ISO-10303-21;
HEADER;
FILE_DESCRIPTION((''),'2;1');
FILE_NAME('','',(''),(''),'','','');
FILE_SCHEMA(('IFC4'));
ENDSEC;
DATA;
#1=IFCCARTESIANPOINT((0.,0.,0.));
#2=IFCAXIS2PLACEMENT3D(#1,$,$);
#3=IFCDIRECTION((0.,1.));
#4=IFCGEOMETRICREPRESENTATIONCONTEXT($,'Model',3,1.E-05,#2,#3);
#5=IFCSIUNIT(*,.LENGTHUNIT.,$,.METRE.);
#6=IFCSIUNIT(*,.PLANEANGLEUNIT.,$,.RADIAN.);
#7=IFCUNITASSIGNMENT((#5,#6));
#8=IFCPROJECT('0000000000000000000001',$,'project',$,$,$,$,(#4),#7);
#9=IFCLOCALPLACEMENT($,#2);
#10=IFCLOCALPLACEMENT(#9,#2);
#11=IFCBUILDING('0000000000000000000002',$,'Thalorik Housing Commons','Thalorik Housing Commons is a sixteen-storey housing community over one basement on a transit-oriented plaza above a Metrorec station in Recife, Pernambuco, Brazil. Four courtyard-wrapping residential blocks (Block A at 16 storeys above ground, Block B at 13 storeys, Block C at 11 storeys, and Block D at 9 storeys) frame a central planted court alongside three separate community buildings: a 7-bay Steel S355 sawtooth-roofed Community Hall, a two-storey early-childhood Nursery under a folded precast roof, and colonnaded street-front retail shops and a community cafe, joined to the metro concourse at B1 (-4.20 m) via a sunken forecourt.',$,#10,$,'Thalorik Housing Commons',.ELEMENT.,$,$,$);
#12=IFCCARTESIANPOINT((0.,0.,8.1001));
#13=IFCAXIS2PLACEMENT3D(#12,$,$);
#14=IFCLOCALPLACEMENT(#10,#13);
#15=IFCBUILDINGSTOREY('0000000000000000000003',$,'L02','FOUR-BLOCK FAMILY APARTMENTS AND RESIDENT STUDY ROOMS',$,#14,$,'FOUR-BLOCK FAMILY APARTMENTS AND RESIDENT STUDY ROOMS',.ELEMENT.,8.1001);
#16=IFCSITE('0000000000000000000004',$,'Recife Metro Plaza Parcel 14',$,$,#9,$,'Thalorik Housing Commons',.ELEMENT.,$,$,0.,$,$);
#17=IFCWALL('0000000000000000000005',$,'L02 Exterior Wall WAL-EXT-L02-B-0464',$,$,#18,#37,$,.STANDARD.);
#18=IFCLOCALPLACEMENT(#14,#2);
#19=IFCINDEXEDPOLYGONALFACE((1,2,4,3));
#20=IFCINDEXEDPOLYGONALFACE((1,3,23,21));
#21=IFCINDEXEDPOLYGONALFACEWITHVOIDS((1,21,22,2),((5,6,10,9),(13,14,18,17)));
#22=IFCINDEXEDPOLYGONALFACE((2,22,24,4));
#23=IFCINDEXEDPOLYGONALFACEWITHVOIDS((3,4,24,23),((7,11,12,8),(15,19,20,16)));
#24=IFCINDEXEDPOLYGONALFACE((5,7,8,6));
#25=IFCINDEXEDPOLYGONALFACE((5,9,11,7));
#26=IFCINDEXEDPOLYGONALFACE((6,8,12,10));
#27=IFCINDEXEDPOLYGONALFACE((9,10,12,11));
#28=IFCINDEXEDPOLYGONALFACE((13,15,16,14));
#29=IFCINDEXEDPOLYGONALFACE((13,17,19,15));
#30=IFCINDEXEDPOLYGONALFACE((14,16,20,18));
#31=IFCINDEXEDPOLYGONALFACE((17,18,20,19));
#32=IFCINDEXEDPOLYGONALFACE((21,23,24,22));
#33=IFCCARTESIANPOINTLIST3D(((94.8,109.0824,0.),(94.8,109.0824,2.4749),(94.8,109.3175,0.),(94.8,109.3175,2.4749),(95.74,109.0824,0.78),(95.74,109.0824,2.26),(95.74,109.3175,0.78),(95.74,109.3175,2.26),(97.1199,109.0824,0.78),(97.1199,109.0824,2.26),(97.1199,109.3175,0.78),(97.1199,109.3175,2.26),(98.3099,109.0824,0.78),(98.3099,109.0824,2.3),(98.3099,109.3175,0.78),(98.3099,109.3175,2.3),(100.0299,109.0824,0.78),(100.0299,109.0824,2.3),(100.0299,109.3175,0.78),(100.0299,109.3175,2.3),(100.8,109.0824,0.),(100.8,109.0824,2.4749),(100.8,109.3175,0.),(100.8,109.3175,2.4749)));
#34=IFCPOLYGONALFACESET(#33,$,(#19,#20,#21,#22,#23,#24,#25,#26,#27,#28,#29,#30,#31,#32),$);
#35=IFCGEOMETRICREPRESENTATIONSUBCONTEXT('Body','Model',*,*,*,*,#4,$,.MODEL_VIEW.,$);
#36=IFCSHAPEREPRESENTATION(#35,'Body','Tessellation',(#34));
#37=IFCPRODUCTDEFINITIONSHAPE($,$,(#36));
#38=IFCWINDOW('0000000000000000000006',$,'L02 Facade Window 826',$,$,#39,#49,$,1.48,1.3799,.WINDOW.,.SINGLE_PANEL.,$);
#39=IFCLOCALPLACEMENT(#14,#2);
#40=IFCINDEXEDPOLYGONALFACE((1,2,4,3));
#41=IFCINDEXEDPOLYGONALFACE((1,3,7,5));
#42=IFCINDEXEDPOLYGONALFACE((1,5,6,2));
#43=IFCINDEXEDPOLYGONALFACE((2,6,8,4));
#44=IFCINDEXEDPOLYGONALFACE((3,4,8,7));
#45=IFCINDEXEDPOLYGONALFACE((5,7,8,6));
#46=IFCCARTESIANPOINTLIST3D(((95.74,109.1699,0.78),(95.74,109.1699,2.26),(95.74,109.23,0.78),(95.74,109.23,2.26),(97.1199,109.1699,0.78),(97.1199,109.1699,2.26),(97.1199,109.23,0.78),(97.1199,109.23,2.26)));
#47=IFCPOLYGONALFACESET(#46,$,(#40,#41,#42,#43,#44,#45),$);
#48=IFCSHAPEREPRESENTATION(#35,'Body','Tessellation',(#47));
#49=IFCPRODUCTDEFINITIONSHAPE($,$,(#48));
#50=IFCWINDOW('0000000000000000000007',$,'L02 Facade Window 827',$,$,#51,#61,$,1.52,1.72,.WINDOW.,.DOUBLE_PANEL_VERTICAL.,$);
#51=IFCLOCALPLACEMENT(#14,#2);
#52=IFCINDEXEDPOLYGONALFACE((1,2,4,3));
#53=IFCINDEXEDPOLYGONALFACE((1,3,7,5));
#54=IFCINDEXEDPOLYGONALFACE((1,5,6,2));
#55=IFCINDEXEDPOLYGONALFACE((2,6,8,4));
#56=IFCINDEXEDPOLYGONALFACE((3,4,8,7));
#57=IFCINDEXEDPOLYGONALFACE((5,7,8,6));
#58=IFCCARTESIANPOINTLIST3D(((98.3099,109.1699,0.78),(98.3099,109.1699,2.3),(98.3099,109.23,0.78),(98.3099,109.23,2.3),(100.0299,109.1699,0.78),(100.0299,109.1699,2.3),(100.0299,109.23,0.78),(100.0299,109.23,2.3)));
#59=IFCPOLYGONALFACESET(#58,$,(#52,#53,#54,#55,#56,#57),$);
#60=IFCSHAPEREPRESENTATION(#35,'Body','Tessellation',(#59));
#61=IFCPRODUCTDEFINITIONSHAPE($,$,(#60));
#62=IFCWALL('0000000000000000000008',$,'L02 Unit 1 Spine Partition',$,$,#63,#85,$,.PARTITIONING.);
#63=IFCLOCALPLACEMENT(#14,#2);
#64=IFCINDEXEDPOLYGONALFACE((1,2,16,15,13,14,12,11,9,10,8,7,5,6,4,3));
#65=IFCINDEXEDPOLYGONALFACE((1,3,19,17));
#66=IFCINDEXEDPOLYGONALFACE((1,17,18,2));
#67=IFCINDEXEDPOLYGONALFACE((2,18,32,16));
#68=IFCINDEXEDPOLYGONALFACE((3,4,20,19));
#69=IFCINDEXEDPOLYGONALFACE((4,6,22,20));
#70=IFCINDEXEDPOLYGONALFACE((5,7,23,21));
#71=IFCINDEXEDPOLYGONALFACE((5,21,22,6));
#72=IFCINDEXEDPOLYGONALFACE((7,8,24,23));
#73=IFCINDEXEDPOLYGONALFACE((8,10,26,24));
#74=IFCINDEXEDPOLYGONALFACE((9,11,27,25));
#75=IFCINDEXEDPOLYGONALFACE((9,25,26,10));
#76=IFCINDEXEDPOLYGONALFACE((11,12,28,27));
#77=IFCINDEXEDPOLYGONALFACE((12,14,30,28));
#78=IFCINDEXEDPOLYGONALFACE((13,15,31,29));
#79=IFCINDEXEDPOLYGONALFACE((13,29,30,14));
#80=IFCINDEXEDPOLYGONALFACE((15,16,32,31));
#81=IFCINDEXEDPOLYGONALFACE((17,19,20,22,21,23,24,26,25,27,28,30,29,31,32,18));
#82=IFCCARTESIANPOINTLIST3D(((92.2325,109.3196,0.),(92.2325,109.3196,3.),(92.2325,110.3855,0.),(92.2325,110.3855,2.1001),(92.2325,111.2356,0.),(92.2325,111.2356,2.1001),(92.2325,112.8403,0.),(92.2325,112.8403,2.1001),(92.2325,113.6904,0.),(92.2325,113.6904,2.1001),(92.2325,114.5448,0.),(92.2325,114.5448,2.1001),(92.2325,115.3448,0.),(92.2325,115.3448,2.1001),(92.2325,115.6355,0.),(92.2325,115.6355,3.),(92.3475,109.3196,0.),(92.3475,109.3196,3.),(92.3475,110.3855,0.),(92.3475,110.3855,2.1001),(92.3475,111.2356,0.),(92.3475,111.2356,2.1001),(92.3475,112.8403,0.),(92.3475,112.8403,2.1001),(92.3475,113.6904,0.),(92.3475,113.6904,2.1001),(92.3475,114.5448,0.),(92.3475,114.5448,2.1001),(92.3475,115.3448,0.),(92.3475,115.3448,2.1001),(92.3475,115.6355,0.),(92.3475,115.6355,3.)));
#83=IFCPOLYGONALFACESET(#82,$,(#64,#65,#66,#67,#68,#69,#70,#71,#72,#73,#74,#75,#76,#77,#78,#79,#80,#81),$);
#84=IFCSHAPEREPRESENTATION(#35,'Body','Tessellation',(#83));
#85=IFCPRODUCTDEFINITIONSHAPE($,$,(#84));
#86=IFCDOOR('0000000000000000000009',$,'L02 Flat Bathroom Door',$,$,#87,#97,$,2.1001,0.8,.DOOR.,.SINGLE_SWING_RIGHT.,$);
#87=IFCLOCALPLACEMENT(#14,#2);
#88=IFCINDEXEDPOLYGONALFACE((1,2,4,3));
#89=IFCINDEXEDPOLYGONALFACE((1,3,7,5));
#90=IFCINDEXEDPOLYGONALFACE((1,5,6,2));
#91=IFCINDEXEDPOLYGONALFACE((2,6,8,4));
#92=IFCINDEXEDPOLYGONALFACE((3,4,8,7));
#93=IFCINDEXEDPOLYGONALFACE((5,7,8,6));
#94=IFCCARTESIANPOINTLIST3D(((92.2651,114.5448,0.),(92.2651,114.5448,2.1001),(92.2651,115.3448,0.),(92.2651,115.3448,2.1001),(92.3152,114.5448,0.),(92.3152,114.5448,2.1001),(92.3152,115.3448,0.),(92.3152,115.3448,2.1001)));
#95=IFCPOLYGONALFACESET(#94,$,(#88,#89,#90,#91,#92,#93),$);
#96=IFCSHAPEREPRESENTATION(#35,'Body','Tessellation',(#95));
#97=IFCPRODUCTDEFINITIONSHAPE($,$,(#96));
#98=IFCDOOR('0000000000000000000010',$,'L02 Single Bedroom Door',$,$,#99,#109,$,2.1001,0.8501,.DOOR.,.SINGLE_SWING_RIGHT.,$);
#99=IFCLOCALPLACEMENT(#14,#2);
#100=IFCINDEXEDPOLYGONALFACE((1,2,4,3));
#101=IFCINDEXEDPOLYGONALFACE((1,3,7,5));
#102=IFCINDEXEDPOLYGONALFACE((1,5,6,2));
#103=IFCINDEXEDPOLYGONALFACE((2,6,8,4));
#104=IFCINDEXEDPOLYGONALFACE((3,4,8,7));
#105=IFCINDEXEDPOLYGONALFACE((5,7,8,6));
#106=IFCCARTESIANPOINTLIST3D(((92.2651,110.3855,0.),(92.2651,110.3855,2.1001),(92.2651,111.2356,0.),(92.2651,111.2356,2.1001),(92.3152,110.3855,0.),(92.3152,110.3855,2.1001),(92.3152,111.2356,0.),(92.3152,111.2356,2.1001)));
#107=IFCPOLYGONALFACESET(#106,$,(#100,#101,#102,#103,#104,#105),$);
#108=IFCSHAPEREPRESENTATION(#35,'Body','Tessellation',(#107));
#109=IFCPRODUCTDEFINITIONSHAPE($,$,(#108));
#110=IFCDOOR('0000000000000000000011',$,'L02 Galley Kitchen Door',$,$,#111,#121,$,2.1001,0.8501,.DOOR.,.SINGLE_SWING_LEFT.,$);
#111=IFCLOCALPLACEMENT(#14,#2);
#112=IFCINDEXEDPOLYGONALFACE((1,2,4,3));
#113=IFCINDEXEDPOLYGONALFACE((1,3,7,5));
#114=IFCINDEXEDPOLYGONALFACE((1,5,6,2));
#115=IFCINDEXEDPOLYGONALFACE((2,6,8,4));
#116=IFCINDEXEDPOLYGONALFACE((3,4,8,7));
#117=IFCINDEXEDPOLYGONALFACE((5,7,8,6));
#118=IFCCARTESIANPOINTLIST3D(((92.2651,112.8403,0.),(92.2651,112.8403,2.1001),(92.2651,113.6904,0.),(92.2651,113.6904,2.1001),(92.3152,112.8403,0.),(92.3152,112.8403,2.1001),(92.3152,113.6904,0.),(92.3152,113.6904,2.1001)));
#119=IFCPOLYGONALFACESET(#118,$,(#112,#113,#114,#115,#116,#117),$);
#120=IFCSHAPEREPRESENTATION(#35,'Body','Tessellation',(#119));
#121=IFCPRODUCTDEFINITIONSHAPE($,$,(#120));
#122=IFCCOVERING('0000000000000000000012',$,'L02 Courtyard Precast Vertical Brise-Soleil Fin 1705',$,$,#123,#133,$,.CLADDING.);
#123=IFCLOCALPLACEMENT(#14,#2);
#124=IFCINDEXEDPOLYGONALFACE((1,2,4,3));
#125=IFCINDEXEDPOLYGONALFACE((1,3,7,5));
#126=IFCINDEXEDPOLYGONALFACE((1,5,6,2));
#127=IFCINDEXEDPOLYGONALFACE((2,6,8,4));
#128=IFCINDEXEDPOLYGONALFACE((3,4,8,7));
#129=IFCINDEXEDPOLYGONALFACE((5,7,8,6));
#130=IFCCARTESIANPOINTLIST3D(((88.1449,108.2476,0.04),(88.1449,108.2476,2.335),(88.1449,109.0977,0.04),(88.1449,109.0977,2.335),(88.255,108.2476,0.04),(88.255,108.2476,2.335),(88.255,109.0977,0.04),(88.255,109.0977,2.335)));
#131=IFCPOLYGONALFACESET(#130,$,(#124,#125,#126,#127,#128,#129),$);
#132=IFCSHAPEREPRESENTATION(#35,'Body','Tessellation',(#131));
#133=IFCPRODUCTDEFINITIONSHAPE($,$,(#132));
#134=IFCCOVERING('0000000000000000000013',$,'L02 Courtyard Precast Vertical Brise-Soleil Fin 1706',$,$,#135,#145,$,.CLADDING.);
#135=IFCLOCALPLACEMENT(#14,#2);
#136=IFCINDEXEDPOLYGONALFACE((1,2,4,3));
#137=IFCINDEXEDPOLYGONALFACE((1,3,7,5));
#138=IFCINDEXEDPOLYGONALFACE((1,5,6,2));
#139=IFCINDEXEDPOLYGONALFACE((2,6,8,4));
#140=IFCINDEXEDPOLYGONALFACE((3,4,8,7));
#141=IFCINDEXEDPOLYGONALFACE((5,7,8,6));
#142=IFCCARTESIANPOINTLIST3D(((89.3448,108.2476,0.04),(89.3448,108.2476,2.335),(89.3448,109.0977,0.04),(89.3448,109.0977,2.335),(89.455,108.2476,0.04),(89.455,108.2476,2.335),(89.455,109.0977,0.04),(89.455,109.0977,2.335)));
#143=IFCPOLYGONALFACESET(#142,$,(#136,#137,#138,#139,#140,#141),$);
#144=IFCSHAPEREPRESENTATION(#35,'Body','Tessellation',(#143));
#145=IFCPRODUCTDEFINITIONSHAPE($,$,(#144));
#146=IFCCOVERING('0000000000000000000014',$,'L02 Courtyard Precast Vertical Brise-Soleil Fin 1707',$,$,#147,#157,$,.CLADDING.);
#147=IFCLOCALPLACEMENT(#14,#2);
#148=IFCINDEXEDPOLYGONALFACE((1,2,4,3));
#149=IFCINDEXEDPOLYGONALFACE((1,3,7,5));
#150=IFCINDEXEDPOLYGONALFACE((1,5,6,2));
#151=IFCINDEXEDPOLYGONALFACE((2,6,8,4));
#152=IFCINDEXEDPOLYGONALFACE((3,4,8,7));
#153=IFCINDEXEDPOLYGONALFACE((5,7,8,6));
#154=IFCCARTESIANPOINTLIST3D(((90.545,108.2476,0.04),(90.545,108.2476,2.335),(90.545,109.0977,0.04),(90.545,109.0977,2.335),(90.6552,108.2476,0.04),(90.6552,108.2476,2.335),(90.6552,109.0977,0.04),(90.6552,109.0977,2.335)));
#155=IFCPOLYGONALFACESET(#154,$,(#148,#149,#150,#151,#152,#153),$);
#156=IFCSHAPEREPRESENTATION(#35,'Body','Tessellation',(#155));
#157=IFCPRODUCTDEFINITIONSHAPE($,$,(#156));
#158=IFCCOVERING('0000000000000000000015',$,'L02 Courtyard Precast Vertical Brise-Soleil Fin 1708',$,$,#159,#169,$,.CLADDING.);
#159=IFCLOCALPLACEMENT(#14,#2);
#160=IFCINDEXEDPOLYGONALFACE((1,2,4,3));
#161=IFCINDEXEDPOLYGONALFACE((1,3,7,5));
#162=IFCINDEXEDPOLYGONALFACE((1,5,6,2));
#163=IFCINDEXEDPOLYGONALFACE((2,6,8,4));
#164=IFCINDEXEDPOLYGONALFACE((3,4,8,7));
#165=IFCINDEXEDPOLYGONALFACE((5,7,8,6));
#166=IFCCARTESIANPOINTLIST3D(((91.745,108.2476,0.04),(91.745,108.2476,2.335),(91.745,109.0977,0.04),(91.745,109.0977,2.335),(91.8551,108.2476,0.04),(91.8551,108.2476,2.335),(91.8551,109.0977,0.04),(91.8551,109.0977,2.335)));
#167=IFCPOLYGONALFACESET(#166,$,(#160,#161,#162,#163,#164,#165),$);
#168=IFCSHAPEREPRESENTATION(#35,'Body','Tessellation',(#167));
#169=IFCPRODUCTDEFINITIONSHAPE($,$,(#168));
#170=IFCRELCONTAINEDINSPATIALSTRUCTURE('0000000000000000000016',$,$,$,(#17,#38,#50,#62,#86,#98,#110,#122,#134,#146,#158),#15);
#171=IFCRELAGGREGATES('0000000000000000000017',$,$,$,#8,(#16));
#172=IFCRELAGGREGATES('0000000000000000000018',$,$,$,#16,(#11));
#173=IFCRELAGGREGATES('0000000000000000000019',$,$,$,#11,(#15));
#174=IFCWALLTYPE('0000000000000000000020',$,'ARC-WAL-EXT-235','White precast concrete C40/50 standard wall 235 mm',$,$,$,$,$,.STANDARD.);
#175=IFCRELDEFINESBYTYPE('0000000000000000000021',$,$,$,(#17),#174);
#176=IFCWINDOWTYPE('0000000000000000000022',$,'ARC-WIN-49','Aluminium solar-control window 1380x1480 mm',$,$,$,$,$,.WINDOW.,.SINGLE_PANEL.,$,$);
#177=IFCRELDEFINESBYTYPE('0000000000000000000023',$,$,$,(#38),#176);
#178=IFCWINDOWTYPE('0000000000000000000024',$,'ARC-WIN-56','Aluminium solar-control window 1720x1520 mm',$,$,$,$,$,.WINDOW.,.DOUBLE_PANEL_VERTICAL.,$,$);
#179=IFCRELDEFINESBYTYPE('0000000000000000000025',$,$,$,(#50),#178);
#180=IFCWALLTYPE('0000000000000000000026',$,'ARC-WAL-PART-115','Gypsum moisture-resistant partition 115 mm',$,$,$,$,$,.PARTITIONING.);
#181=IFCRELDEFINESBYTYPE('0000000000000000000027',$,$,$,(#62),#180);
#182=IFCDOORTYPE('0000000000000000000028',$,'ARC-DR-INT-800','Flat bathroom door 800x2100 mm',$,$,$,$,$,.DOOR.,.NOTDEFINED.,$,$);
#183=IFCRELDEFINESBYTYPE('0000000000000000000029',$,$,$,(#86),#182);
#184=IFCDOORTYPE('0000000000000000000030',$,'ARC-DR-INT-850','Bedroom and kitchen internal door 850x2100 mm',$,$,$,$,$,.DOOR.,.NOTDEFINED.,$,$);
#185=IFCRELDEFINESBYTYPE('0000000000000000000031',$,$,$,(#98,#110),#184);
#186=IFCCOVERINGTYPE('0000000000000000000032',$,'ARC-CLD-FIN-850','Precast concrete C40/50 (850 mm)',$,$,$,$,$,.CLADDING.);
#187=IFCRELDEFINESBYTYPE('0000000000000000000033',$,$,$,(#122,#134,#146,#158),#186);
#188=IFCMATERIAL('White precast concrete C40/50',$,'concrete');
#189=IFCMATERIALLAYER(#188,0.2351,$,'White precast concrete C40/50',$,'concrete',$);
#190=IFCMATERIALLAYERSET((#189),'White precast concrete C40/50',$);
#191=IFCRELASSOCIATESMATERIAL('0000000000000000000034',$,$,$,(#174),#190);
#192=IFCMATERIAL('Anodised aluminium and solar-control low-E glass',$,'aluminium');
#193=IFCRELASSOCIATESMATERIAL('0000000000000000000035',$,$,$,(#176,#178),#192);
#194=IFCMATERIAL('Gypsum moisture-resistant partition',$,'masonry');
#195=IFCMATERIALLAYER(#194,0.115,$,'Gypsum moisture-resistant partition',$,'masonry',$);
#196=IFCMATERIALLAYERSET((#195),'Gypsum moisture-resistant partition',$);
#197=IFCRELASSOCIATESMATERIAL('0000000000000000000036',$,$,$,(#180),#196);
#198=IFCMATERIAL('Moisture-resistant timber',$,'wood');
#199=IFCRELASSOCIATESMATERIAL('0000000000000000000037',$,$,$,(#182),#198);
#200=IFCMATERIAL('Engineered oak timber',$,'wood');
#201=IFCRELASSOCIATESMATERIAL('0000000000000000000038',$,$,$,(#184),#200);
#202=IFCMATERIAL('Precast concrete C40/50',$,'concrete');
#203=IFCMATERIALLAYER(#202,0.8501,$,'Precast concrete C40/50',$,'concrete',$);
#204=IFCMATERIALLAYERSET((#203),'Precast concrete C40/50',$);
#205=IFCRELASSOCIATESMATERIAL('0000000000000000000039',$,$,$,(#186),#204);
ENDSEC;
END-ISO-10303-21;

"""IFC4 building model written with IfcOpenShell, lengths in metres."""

from ifc_helpers import new_model, si_unit, direction, frame, frame_2d, origin, origin_2d, place, context, subcontext, project, spatial, rectangle, extrude, material, layer, layer_set, type_object, element, fill, save


model = new_model("IFC4")

# Units and contexts
model_context = context("Model", 3, precision=1e-05, world=origin(), true_north=direction((0.0, 1.0)))
body_context = subcontext(model_context, "Body", "Model", "MODEL_VIEW")
ifc_project = project(units=[si_unit("LENGTHUNIT", "METRE"), si_unit("PLANEANGLEUNIT", "RADIAN")], contexts=[model_context])

# Site, building, storey
site_placement = place(None, origin())
site = spatial("IfcSite", under=ifc_project, at=site_placement, Name="Recife Metro Plaza Parcel 14", LongName="Thalorik Housing Commons", CompositionType="ELEMENT", RefElevation=0.0)
building_placement = place(site_placement, origin())
building = spatial("IfcBuilding", under=site, at=building_placement, Name="Thalorik Housing Commons", Description="Thalorik Housing Commons is a sixteen-storey housing community over one basement on a transit-oriented plaza above a Metrorec station in Recife, Pernambuco, Brazil. Four courtyard-wrapping residential blocks (Block A at 16 storeys above ground, Block B at 13 storeys, Block C at 11 storeys, and Block D at 9 storeys) frame a central planted court alongside three separate community buildings: a 7-bay Steel S355 sawtooth-roofed Community Hall, a two-storey early-childhood Nursery under a folded precast roof, and colonnaded street-front retail shops and a community cafe, joined to the metro concourse at B1 (-4.20 m) via a sunken forecourt.", LongName="Thalorik Housing Commons", CompositionType="ELEMENT")
storey_placement = place(building_placement, frame((0.0, 0.0, 8.1001)))
storey = spatial("IfcBuildingStorey", under=building, at=storey_placement, Name="L02", Description="FOUR-BLOCK FAMILY APARTMENTS AND RESIDENT STUDY ROOMS", LongName="FOUR-BLOCK FAMILY APARTMENTS AND RESIDENT STUDY ROOMS", CompositionType="ELEMENT", Elevation=8.1001)

# Shared definitions
ifc_material_1 = material(Name="Precast concrete C40/50", Category="concrete")

# Wall, openings, windows
ifc_material_2 = material(Name="White precast concrete C40/50", Category="concrete")
ifc_layer_1 = layer(ifc_material_2, 0.2351, Name="White precast concrete C40/50", Category="concrete")
ifc_layer_set_1 = layer_set([ifc_layer_1], Name="White precast concrete C40/50")
wall_type_1 = type_object("IfcWallType", Name="ARC-WAL-EXT-235", Description="White precast concrete C40/50 standard wall 235 mm", PredefinedType="STANDARD", material=ifc_layer_set_1)
ifc_material_3 = material(Name="Anodised aluminium and solar-control low-E glass", Category="aluminium")
wall_1_placement = place(storey_placement, frame((94.8, 109.2, 0.0), z_axis=(0.0, 0.0, 1.0), x_axis=(1.0, 0.0, 0.0)))
wall_1 = element("IfcWall", 1, at=wall_1_placement, inside=storey, type_object=wall_type_1, Name="L02 Exterior Wall WAL-EXT-L02-B-0464", PredefinedType="STANDARD", context=body_context, shape_type="SweptSolid", body=[
    extrude(rectangle(XDim=6.0, YDim=0.2351, at=frame_2d((3.0, 0.0))), origin(), (0.0, 0.0, 1.0), 2.4749),
])
opening_1_placement = place(wall_1_placement, frame((0.9399, 0.0, 0.78)))
opening_1 = element("IfcOpeningElement", 2, at=opening_1_placement, cuts=wall_1, PredefinedType="OPENING", context=body_context, shape_type="SweptSolid", body=[
    extrude(rectangle(XDim=1.3799, YDim=1.48, at=frame_2d((0.6899, 0.74))), frame((0.0, 0.1274, 0.0), z_axis=(0.0, -1.0, 0.0), x_axis=(1.0, 0.0, 0.0)), (0.0, 0.0, 1.0), 0.2551),
])
opening_2_placement = place(wall_1_placement, frame((3.51, 0.0, 0.78)))
opening_2 = element("IfcOpeningElement", 3, at=opening_2_placement, cuts=wall_1, PredefinedType="OPENING", context=body_context, shape_type="SweptSolid", body=[
    extrude(rectangle(XDim=1.72, YDim=1.52, at=frame_2d((0.8599, 0.76))), frame((0.0, 0.1274, 0.0), z_axis=(0.0, -1.0, 0.0), x_axis=(1.0, 0.0, 0.0)), (0.0, 0.0, 1.0), 0.2551),
])
window_type_1 = type_object("IfcWindowType", Name="ARC-WIN-49", Description="Aluminium solar-control window 1380x1480 mm", PartitioningType="SINGLE_PANEL", PredefinedType="WINDOW", material=ifc_material_3)
window_1_placement = place(opening_1_placement, origin())
window_1 = element("IfcWindow", 4, at=window_1_placement, inside=storey, type_object=window_type_1, Name="L02 Facade Window 826", OverallHeight=1.48, OverallWidth=1.3799, PartitioningType="SINGLE_PANEL", PredefinedType="WINDOW", context=body_context, shape_type="SweptSolid", body=[
    extrude(rectangle(XDim=1.3799, YDim=1.48, at=frame_2d((0.6899, 0.74))), frame((0.0, 0.03, 0.0), z_axis=(0.0, -1.0, 0.0), x_axis=(1.0, 0.0, 0.0)), (0.0, 0.0, 1.0), 0.0601),
])
fill(opening_1, window_1)
window_type_2 = type_object("IfcWindowType", Name="ARC-WIN-56", Description="Aluminium solar-control window 1720x1520 mm", PartitioningType="DOUBLE_PANEL_VERTICAL", PredefinedType="WINDOW", material=ifc_material_3)
window_2_placement = place(opening_2_placement, origin())
window_2 = element("IfcWindow", 5, at=window_2_placement, inside=storey, type_object=window_type_2, Name="L02 Facade Window 827", OverallHeight=1.52, OverallWidth=1.72, PartitioningType="DOUBLE_PANEL_VERTICAL", PredefinedType="WINDOW", context=body_context, shape_type="SweptSolid", body=[
    extrude(rectangle(XDim=1.72, YDim=1.52, at=frame_2d((0.8599, 0.76))), frame((0.0, 0.03, 0.0), z_axis=(0.0, -1.0, 0.0), x_axis=(1.0, 0.0, 0.0)), (0.0, 0.0, 1.0), 0.0601),
])
fill(opening_2, window_2)

# Wall, openings, doors
ifc_material_4 = material(Name="Gypsum moisture-resistant partition", Category="masonry")
ifc_layer_2 = layer(ifc_material_4, 0.115, Name="Gypsum moisture-resistant partition", Category="masonry")
ifc_layer_set_2 = layer_set([ifc_layer_2], Name="Gypsum moisture-resistant partition")
wall_type_2 = type_object("IfcWallType", Name="ARC-WAL-PART-115", Description="Gypsum moisture-resistant partition 115 mm", PredefinedType="PARTITIONING", material=ifc_layer_set_2)
wall_2_placement = place(storey_placement, frame((92.29, 109.3196, 0.0), z_axis=(0.0, 0.0, 1.0), x_axis=(0.0, 1.0, 0.0)))
wall_2 = element("IfcWall", 6, at=wall_2_placement, inside=storey, type_object=wall_type_2, Name="L02 Unit 1 Spine Partition", PredefinedType="PARTITIONING", context=body_context, shape_type="SweptSolid", body=[
    extrude(rectangle(XDim=6.3159, YDim=0.115, at=frame_2d((3.158, 0.0))), origin(), (0.0, 0.0, 1.0), 3.0),
])
opening_3_placement = place(wall_2_placement, frame((1.0659, 0.0, 0.0)))
opening_3 = element("IfcOpeningElement", 7, at=opening_3_placement, cuts=wall_2, PredefinedType="OPENING", context=body_context, shape_type="SweptSolid", body=[
    extrude(rectangle(XDim=0.8501, YDim=2.1001, at=frame_2d((0.425, 1.05))), frame((0.0, 0.0674, 0.0), z_axis=(0.0, -1.0, 0.0), x_axis=(1.0, 0.0, 0.0)), (0.0, 0.0, 1.0), 0.135),
])
opening_4_placement = place(wall_2_placement, frame((3.5208, 0.0, 0.0)))
opening_4 = element("IfcOpeningElement", 8, at=opening_4_placement, cuts=wall_2, PredefinedType="OPENING", context=body_context, shape_type="SweptSolid", body=[
    extrude(rectangle(XDim=0.8501, YDim=2.1001, at=frame_2d((0.425, 1.05))), frame((0.0, 0.0674, 0.0), z_axis=(0.0, -1.0, 0.0), x_axis=(1.0, 0.0, 0.0)), (0.0, 0.0, 1.0), 0.135),
])
opening_5_placement = place(wall_2_placement, frame((5.2253, 0.0, 0.0)))
opening_5 = element("IfcOpeningElement", 9, at=opening_5_placement, cuts=wall_2, PredefinedType="OPENING", context=body_context, shape_type="SweptSolid", body=[
    extrude(rectangle(XDim=0.8, YDim=2.1001, at=frame_2d((0.3999, 1.05))), frame((0.0, 0.0674, 0.0), z_axis=(0.0, -1.0, 0.0), x_axis=(1.0, 0.0, 0.0)), (0.0, 0.0, 1.0), 0.135),
])
ifc_material_5 = material(Name="Moisture-resistant timber", Category="wood")
door_type_1 = type_object("IfcDoorType", Name="ARC-DR-INT-800", Description="Flat bathroom door 800x2100 mm", OperationType="NOTDEFINED", PredefinedType="DOOR", material=ifc_material_5)
door_1_placement = place(opening_5_placement, origin())
door_1 = element("IfcDoor", 10, at=door_1_placement, inside=storey, type_object=door_type_1, Name="L02 Flat Bathroom Door", OperationType="SINGLE_SWING_RIGHT", OverallHeight=2.1001, OverallWidth=0.8, PredefinedType="DOOR", context=body_context, shape_type="SweptSolid", body=[
    extrude(rectangle(XDim=0.8, YDim=2.1001, at=frame_2d((0.3999, 1.05))), frame((0.0, 0.0249, 0.0), z_axis=(0.0, -1.0, 0.0), x_axis=(1.0, 0.0, 0.0)), (0.0, 0.0, 1.0), 0.05),
])
fill(opening_5, door_1)
ifc_material_6 = material(Name="Engineered oak timber", Category="wood")
door_type_2 = type_object("IfcDoorType", Name="ARC-DR-INT-850", Description="Bedroom and kitchen internal door 850x2100 mm", OperationType="NOTDEFINED", PredefinedType="DOOR", material=ifc_material_6)
door_2_placement = place(opening_3_placement, origin())
door_2 = element("IfcDoor", 11, at=door_2_placement, inside=storey, type_object=door_type_2, Name="L02 Single Bedroom Door", OperationType="SINGLE_SWING_RIGHT", OverallHeight=2.1001, OverallWidth=0.8501, PredefinedType="DOOR", context=body_context, shape_type="SweptSolid", body=[
    extrude(rectangle(XDim=0.8501, YDim=2.1001, at=frame_2d((0.425, 1.05))), frame((0.0, 0.0249, 0.0), z_axis=(0.0, -1.0, 0.0), x_axis=(1.0, 0.0, 0.0)), (0.0, 0.0, 1.0), 0.05),
])
fill(opening_3, door_2)
door_3_placement = place(opening_4_placement, origin())
door_3 = element("IfcDoor", 12, at=door_3_placement, inside=storey, type_object=door_type_2, Name="L02 Galley Kitchen Door", OperationType="SINGLE_SWING_LEFT", OverallHeight=2.1001, OverallWidth=0.8501, PredefinedType="DOOR", context=body_context, shape_type="SweptSolid", body=[
    extrude(rectangle(XDim=0.8501, YDim=2.1001, at=frame_2d((0.425, 1.05))), frame((0.0, 0.0249, 0.0), z_axis=(0.0, -1.0, 0.0), x_axis=(1.0, 0.0, 0.0)), (0.0, 0.0, 1.0), 0.05),
])
fill(opening_4, door_3)

# Coverings
ifc_layer_3 = layer(ifc_material_1, 0.8501, Name="Precast concrete C40/50", Category="concrete")
ifc_layer_set_3 = layer_set([ifc_layer_3], Name="Precast concrete C40/50")
covering_type_1 = type_object("IfcCoveringType", Name="ARC-CLD-FIN-850", Description="Precast concrete C40/50 (850 mm)", PredefinedType="CLADDING", material=ifc_layer_set_3)
for number, where, z_axis, x_axis, name in (
    (13, (88.2, 108.6726, 0.04), (0.0, 0.0, 1.0), (1.0, 0.0, 0.0), "L02 Courtyard Precast Vertical Brise-Soleil Fin 1705"),
    (14, (89.3999, 108.6726, 0.04), (0.0, 0.0, 1.0), (1.0, 0.0, 0.0), "L02 Courtyard Precast Vertical Brise-Soleil Fin 1706"),
    (15, (90.6001, 108.6726, 0.04), (0.0, 0.0, 1.0), (1.0, 0.0, 0.0), "L02 Courtyard Precast Vertical Brise-Soleil Fin 1707"),
    (16, (91.8, 108.6726, 0.04), (0.0, 0.0, 1.0), (1.0, 0.0, 0.0), "L02 Courtyard Precast Vertical Brise-Soleil Fin 1708"),
):
    element("IfcCovering", number, at=place(storey_placement, frame(where, z_axis=z_axis, x_axis=x_axis)), inside=storey, type_object=covering_type_1, Name=name, PredefinedType="CLADDING", context=body_context, shape_type="SweptSolid", body=[
        extrude(rectangle(XDim=0.1101, YDim=0.8501, at=origin_2d()), origin(), (0.0, 0.0, 1.0), 2.2949),
    ])

save(model, "model.ifc")
